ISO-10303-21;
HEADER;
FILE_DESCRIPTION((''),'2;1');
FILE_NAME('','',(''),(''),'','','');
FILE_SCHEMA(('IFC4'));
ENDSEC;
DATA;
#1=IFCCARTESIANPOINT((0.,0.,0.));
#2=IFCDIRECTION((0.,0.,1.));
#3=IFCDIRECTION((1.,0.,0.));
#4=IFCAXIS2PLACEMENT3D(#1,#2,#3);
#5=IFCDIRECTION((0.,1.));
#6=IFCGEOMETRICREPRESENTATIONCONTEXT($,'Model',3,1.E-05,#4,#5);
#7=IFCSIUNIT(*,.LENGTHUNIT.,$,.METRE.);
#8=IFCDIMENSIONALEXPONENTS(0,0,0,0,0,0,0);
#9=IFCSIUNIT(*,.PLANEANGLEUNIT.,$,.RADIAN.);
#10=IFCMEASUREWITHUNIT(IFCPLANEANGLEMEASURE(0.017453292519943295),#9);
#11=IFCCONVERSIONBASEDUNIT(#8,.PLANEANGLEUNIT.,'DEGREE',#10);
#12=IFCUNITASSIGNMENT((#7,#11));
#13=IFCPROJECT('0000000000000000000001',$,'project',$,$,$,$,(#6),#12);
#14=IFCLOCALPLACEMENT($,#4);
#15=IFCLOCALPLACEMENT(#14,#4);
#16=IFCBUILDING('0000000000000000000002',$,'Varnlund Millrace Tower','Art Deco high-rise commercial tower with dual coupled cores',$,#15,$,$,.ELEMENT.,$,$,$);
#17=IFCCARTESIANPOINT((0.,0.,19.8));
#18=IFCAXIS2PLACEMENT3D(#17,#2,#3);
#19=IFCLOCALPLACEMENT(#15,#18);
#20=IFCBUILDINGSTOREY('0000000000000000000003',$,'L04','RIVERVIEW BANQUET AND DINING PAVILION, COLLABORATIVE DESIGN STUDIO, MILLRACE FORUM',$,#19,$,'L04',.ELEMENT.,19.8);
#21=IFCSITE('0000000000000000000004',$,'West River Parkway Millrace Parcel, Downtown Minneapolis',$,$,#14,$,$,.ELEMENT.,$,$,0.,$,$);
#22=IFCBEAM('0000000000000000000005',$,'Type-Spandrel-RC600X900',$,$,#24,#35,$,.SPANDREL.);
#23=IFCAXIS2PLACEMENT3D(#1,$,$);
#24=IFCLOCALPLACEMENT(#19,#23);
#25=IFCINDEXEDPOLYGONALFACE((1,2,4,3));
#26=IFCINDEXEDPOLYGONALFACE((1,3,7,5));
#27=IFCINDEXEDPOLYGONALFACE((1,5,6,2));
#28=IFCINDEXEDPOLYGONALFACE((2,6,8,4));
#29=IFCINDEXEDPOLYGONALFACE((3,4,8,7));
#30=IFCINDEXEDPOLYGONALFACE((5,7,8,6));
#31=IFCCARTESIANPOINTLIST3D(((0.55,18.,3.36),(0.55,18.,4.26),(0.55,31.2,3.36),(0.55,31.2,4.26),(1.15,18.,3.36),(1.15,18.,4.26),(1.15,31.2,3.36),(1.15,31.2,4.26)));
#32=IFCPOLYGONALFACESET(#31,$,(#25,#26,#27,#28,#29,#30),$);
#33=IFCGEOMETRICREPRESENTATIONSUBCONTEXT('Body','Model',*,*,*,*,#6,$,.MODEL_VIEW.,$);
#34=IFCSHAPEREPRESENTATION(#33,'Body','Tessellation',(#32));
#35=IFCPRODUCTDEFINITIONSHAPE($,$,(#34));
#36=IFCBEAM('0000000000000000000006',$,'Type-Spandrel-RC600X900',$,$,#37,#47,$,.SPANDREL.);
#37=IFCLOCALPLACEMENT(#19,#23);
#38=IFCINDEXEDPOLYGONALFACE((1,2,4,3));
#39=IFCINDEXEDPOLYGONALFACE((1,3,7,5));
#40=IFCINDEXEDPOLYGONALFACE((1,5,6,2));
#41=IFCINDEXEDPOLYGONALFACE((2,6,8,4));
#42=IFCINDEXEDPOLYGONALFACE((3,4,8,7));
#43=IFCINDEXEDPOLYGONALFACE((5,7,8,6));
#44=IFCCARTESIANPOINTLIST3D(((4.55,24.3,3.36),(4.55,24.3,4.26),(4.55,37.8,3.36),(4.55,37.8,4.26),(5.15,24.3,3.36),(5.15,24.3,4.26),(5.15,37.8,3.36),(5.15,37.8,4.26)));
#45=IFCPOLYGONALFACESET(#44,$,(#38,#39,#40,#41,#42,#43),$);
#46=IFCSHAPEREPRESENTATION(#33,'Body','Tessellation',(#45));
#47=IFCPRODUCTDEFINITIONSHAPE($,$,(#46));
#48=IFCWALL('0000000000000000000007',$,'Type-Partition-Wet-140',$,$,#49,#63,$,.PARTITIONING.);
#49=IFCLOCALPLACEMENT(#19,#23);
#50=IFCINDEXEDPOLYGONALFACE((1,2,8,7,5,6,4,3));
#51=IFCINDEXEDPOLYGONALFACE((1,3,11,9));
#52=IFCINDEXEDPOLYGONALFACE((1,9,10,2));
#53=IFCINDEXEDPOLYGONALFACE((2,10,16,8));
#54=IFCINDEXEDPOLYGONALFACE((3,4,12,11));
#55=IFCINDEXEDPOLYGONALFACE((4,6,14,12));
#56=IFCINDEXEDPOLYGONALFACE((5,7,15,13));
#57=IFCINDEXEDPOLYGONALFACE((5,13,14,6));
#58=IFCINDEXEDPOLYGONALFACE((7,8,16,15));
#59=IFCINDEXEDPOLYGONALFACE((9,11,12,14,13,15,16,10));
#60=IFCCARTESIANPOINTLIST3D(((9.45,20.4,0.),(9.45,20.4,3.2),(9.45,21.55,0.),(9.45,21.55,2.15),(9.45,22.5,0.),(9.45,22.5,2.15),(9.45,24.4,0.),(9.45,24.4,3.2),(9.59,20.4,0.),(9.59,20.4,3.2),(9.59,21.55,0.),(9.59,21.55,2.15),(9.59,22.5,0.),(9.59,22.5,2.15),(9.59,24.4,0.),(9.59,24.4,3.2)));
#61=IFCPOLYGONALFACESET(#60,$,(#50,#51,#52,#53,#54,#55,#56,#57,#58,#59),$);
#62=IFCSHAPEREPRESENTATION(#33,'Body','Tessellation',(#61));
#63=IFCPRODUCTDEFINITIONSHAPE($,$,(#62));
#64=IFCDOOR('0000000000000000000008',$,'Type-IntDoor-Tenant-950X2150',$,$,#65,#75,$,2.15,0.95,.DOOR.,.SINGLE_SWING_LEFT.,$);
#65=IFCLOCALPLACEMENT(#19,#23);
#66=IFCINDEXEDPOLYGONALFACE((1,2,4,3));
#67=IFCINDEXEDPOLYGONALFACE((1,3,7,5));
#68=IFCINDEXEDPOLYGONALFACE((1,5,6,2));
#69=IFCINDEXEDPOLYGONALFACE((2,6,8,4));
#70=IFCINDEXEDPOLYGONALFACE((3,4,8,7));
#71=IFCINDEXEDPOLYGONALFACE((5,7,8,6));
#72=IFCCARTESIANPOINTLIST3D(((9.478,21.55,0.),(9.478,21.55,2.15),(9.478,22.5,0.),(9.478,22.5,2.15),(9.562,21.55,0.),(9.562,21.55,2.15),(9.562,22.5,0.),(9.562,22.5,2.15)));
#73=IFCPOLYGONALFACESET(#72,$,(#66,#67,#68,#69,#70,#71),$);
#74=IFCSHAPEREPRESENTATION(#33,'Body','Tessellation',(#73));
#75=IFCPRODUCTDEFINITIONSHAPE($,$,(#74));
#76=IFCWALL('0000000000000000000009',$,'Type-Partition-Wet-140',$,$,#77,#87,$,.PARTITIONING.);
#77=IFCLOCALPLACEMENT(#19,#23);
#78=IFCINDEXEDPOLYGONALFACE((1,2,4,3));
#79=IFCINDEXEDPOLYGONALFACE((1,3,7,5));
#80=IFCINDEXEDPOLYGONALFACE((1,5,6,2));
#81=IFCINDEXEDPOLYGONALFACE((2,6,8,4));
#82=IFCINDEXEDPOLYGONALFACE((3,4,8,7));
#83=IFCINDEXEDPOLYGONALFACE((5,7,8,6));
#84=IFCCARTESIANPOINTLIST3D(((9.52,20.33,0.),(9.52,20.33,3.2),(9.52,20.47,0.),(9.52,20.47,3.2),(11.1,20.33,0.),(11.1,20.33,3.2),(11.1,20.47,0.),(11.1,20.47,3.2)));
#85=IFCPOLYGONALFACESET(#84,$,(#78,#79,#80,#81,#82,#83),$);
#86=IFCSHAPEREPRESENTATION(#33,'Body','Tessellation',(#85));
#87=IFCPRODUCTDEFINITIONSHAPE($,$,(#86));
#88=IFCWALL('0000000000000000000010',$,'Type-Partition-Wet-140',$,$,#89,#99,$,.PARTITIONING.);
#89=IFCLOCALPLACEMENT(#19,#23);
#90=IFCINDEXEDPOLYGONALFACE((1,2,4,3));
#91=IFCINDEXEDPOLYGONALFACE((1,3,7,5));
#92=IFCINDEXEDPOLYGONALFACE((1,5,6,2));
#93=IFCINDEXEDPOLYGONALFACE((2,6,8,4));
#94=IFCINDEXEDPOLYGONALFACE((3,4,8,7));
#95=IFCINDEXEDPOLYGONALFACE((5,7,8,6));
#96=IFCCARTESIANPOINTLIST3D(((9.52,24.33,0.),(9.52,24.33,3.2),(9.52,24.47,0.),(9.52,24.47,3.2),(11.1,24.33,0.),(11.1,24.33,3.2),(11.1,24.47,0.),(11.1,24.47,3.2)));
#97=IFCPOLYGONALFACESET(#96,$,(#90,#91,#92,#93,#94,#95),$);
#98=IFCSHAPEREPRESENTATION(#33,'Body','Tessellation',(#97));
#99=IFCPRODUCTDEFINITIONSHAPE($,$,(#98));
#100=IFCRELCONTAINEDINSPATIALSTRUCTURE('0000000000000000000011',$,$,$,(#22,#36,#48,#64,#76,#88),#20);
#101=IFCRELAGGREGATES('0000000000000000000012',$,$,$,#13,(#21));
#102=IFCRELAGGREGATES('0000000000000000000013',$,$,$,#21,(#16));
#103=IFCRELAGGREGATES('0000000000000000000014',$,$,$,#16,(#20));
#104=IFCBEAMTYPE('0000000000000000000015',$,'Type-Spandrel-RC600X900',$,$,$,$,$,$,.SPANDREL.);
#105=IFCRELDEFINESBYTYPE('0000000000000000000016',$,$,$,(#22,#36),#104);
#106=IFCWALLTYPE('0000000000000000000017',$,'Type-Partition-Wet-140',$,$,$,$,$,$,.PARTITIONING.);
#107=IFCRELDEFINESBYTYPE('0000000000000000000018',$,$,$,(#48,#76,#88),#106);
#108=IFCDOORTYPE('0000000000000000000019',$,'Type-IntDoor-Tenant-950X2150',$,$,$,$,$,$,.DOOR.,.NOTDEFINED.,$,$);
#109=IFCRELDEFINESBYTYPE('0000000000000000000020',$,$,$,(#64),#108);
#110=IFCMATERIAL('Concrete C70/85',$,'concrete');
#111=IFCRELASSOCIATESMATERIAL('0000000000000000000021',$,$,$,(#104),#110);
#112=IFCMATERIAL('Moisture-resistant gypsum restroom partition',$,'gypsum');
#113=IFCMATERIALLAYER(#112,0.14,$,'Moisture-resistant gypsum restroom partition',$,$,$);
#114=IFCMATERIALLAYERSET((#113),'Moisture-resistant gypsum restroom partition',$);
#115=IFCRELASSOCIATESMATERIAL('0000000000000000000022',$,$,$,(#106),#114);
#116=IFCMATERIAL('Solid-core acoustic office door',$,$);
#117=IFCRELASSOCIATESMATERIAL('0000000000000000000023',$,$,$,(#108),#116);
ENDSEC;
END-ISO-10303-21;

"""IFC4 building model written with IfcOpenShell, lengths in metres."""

from ifc_helpers import new_model, entity, si_unit, converted_unit, direction, frame, origin_with_axes, origin_2d_with_axis, place, context, subcontext, project, spatial, polyline, rectangle, outline, extrude, material, layer, layer_set, material_profile, profile_set, type_object, element, fill, save


model = new_model("IFC4")

# Units and contexts
model_context = context("Model", 3, precision=1e-05, world=origin_with_axes(), true_north=direction((0.0, 1.0)))
body_context = subcontext(model_context, "Body", "Model", "MODEL_VIEW")
ifc_project = project(units=[si_unit("LENGTHUNIT", "METRE"), converted_unit("PLANEANGLEUNIT", "DEGREE", entity("IfcPlaneAngleMeasure", 0.017453292519943295), si_unit("PLANEANGLEUNIT", "RADIAN"), dimensions=[0, 0, 0, 0, 0, 0, 0])], contexts=[model_context])

# Site, building, storey
site_placement = place(None, origin_with_axes())
site = spatial("IfcSite", under=ifc_project, at=site_placement, Name="West River Parkway Millrace Parcel, Downtown Minneapolis", CompositionType="ELEMENT", RefElevation=0.0)
building_placement = place(site_placement, origin_with_axes())
building = spatial("IfcBuilding", under=site, at=building_placement, Name="Varnlund Millrace Tower", Description="Art Deco high-rise commercial tower with dual coupled cores", CompositionType="ELEMENT")
storey_placement = place(building_placement, frame((0.0, 0.0, 19.8), z_axis=(0.0, 0.0, 1.0), x_axis=(1.0, 0.0, 0.0)))
storey = spatial("IfcBuildingStorey", under=building, at=storey_placement, Name="L04", Description="RIVERVIEW BANQUET AND DINING PAVILION, COLLABORATIVE DESIGN STUDIO, MILLRACE FORUM", LongName="L04", CompositionType="ELEMENT", Elevation=19.8)

# Beams
ifc_material_1 = material(Name="Concrete C70/85", Category="concrete")
ifc_material_profile_1 = material_profile(ifc_material_1, rectangle(XDim=0.6, YDim=0.9, at=origin_2d_with_axis()), Name="Concrete C70/85")
ifc_profile_set_1 = profile_set([ifc_material_profile_1], Name="Concrete C70/85")
beam_type_1 = type_object("IfcBeamType", Name="Type-Spandrel-RC600X900", PredefinedType="SPANDREL", material=ifc_profile_set_1)
beam_1_placement = place(storey_placement, frame((0.85, 18.0, 3.81), z_axis=(0.0, 1.0, 0.0), x_axis=(-1.0, 0.0, 0.0)))
element("IfcBeam", 1, at=beam_1_placement, inside=storey, type_object=beam_type_1, Name="Type-Spandrel-RC600X900", PredefinedType="SPANDREL", context=body_context, shape_type="SweptSolid", body=[
    extrude(rectangle(XDim=0.6, YDim=0.9, at=origin_2d_with_axis()), origin_with_axes(), (0.0, 0.0, 1.0), 13.2),
])
beam_2_placement = place(storey_placement, frame((4.85, 24.3, 3.81), z_axis=(0.0, 1.0, 0.0), x_axis=(-1.0, 0.0, 0.0)))
element("IfcBeam", 2, at=beam_2_placement, inside=storey, type_object=beam_type_1, Name="Type-Spandrel-RC600X900", PredefinedType="SPANDREL", context=body_context, shape_type="SweptSolid", body=[
    extrude(rectangle(XDim=0.6, YDim=0.9, at=origin_2d_with_axis()), origin_with_axes(), (0.0, 0.0, 1.0), 13.5),
])

# Wall, opening, door
ifc_material_2 = material(Name="Moisture-resistant gypsum restroom partition", Category="gypsum")
ifc_layer = layer(ifc_material_2, 0.14, Name="Moisture-resistant gypsum restroom partition")
ifc_layer_set = layer_set([ifc_layer], Name="Moisture-resistant gypsum restroom partition")
wall_type = type_object("IfcWallType", Name="Type-Partition-Wet-140", PredefinedType="PARTITIONING", material=ifc_layer_set)
wall_placement = place(storey_placement, frame((9.52, 20.4, 0.0), z_axis=(0.0, 0.0, 1.0), x_axis=(0.0, 1.0, 0.0)))
wall = element("IfcWall", 3, at=wall_placement, inside=storey, type_object=wall_type, Name="Type-Partition-Wet-140", PredefinedType="PARTITIONING", context=body_context, shape_type="SweptSolid", body=[
    extrude(outline(polyline([(0.0, -0.07), (4.0, -0.07), (4.0, 0.07), (0.0, 0.07), (0.0, -0.07)])), origin_with_axes(), (0.0, 0.0, 1.0), 3.2),
])
opening_placement = place(wall_placement, frame((1.625, 0.0, 0.0), z_axis=(0.0, 0.0, 1.0), x_axis=(1.0, 0.0, 0.0)))
opening = element("IfcOpeningElement", 4, at=opening_placement, cuts=wall, PredefinedType="OPENING", context=body_context, shape_type="SweptSolid", body=[
    extrude(rectangle(XDim=0.95, YDim=0.16, at=origin_2d_with_axis()), origin_with_axes(), (0.0, 0.0, 1.0), 2.15),
])
ifc_material_3 = material(Name="Solid-core acoustic office door")
door_type = type_object("IfcDoorType", Name="Type-IntDoor-Tenant-950X2150", OperationType="NOTDEFINED", PredefinedType="DOOR", material=ifc_material_3)
door_placement = place(wall_placement, frame((1.625, 0.0, 0.0), z_axis=(0.0, 0.0, 1.0), x_axis=(1.0, 0.0, 0.0)))
door = element("IfcDoor", 5, at=door_placement, inside=storey, type_object=door_type, Name="Type-IntDoor-Tenant-950X2150", OperationType="SINGLE_SWING_LEFT", OverallHeight=2.15, OverallWidth=0.95, PredefinedType="DOOR", context=body_context, shape_type="SweptSolid", body=[
    extrude(rectangle(XDim=0.95, YDim=0.084, at=origin_2d_with_axis()), origin_with_axes(), (0.0, 0.0, 1.0), 2.15),
])
fill(opening, door)

# Walls
for number, where, z_axis, x_axis, name in (
    (6, (9.52, 20.4, 0.0), (0.0, 0.0, 1.0), (1.0, 0.0, 0.0), "Type-Partition-Wet-140"),
    (7, (9.52, 24.4, 0.0), (0.0, 0.0, 1.0), (1.0, 0.0, 0.0), "Type-Partition-Wet-140"),
):
    element("IfcWall", number, at=place(storey_placement, frame(where, z_axis=z_axis, x_axis=x_axis)), inside=storey, type_object=wall_type, Name=name, PredefinedType="PARTITIONING", context=body_context, shape_type="SweptSolid", body=[
        extrude(outline(polyline([(0.0, -0.07), (1.58, -0.07), (1.58, 0.07), (0.0, 0.07), (0.0, -0.07)])), origin_with_axes(), (0.0, 0.0, 1.0), 3.2),
    ])

save(model, "model.ifc")
